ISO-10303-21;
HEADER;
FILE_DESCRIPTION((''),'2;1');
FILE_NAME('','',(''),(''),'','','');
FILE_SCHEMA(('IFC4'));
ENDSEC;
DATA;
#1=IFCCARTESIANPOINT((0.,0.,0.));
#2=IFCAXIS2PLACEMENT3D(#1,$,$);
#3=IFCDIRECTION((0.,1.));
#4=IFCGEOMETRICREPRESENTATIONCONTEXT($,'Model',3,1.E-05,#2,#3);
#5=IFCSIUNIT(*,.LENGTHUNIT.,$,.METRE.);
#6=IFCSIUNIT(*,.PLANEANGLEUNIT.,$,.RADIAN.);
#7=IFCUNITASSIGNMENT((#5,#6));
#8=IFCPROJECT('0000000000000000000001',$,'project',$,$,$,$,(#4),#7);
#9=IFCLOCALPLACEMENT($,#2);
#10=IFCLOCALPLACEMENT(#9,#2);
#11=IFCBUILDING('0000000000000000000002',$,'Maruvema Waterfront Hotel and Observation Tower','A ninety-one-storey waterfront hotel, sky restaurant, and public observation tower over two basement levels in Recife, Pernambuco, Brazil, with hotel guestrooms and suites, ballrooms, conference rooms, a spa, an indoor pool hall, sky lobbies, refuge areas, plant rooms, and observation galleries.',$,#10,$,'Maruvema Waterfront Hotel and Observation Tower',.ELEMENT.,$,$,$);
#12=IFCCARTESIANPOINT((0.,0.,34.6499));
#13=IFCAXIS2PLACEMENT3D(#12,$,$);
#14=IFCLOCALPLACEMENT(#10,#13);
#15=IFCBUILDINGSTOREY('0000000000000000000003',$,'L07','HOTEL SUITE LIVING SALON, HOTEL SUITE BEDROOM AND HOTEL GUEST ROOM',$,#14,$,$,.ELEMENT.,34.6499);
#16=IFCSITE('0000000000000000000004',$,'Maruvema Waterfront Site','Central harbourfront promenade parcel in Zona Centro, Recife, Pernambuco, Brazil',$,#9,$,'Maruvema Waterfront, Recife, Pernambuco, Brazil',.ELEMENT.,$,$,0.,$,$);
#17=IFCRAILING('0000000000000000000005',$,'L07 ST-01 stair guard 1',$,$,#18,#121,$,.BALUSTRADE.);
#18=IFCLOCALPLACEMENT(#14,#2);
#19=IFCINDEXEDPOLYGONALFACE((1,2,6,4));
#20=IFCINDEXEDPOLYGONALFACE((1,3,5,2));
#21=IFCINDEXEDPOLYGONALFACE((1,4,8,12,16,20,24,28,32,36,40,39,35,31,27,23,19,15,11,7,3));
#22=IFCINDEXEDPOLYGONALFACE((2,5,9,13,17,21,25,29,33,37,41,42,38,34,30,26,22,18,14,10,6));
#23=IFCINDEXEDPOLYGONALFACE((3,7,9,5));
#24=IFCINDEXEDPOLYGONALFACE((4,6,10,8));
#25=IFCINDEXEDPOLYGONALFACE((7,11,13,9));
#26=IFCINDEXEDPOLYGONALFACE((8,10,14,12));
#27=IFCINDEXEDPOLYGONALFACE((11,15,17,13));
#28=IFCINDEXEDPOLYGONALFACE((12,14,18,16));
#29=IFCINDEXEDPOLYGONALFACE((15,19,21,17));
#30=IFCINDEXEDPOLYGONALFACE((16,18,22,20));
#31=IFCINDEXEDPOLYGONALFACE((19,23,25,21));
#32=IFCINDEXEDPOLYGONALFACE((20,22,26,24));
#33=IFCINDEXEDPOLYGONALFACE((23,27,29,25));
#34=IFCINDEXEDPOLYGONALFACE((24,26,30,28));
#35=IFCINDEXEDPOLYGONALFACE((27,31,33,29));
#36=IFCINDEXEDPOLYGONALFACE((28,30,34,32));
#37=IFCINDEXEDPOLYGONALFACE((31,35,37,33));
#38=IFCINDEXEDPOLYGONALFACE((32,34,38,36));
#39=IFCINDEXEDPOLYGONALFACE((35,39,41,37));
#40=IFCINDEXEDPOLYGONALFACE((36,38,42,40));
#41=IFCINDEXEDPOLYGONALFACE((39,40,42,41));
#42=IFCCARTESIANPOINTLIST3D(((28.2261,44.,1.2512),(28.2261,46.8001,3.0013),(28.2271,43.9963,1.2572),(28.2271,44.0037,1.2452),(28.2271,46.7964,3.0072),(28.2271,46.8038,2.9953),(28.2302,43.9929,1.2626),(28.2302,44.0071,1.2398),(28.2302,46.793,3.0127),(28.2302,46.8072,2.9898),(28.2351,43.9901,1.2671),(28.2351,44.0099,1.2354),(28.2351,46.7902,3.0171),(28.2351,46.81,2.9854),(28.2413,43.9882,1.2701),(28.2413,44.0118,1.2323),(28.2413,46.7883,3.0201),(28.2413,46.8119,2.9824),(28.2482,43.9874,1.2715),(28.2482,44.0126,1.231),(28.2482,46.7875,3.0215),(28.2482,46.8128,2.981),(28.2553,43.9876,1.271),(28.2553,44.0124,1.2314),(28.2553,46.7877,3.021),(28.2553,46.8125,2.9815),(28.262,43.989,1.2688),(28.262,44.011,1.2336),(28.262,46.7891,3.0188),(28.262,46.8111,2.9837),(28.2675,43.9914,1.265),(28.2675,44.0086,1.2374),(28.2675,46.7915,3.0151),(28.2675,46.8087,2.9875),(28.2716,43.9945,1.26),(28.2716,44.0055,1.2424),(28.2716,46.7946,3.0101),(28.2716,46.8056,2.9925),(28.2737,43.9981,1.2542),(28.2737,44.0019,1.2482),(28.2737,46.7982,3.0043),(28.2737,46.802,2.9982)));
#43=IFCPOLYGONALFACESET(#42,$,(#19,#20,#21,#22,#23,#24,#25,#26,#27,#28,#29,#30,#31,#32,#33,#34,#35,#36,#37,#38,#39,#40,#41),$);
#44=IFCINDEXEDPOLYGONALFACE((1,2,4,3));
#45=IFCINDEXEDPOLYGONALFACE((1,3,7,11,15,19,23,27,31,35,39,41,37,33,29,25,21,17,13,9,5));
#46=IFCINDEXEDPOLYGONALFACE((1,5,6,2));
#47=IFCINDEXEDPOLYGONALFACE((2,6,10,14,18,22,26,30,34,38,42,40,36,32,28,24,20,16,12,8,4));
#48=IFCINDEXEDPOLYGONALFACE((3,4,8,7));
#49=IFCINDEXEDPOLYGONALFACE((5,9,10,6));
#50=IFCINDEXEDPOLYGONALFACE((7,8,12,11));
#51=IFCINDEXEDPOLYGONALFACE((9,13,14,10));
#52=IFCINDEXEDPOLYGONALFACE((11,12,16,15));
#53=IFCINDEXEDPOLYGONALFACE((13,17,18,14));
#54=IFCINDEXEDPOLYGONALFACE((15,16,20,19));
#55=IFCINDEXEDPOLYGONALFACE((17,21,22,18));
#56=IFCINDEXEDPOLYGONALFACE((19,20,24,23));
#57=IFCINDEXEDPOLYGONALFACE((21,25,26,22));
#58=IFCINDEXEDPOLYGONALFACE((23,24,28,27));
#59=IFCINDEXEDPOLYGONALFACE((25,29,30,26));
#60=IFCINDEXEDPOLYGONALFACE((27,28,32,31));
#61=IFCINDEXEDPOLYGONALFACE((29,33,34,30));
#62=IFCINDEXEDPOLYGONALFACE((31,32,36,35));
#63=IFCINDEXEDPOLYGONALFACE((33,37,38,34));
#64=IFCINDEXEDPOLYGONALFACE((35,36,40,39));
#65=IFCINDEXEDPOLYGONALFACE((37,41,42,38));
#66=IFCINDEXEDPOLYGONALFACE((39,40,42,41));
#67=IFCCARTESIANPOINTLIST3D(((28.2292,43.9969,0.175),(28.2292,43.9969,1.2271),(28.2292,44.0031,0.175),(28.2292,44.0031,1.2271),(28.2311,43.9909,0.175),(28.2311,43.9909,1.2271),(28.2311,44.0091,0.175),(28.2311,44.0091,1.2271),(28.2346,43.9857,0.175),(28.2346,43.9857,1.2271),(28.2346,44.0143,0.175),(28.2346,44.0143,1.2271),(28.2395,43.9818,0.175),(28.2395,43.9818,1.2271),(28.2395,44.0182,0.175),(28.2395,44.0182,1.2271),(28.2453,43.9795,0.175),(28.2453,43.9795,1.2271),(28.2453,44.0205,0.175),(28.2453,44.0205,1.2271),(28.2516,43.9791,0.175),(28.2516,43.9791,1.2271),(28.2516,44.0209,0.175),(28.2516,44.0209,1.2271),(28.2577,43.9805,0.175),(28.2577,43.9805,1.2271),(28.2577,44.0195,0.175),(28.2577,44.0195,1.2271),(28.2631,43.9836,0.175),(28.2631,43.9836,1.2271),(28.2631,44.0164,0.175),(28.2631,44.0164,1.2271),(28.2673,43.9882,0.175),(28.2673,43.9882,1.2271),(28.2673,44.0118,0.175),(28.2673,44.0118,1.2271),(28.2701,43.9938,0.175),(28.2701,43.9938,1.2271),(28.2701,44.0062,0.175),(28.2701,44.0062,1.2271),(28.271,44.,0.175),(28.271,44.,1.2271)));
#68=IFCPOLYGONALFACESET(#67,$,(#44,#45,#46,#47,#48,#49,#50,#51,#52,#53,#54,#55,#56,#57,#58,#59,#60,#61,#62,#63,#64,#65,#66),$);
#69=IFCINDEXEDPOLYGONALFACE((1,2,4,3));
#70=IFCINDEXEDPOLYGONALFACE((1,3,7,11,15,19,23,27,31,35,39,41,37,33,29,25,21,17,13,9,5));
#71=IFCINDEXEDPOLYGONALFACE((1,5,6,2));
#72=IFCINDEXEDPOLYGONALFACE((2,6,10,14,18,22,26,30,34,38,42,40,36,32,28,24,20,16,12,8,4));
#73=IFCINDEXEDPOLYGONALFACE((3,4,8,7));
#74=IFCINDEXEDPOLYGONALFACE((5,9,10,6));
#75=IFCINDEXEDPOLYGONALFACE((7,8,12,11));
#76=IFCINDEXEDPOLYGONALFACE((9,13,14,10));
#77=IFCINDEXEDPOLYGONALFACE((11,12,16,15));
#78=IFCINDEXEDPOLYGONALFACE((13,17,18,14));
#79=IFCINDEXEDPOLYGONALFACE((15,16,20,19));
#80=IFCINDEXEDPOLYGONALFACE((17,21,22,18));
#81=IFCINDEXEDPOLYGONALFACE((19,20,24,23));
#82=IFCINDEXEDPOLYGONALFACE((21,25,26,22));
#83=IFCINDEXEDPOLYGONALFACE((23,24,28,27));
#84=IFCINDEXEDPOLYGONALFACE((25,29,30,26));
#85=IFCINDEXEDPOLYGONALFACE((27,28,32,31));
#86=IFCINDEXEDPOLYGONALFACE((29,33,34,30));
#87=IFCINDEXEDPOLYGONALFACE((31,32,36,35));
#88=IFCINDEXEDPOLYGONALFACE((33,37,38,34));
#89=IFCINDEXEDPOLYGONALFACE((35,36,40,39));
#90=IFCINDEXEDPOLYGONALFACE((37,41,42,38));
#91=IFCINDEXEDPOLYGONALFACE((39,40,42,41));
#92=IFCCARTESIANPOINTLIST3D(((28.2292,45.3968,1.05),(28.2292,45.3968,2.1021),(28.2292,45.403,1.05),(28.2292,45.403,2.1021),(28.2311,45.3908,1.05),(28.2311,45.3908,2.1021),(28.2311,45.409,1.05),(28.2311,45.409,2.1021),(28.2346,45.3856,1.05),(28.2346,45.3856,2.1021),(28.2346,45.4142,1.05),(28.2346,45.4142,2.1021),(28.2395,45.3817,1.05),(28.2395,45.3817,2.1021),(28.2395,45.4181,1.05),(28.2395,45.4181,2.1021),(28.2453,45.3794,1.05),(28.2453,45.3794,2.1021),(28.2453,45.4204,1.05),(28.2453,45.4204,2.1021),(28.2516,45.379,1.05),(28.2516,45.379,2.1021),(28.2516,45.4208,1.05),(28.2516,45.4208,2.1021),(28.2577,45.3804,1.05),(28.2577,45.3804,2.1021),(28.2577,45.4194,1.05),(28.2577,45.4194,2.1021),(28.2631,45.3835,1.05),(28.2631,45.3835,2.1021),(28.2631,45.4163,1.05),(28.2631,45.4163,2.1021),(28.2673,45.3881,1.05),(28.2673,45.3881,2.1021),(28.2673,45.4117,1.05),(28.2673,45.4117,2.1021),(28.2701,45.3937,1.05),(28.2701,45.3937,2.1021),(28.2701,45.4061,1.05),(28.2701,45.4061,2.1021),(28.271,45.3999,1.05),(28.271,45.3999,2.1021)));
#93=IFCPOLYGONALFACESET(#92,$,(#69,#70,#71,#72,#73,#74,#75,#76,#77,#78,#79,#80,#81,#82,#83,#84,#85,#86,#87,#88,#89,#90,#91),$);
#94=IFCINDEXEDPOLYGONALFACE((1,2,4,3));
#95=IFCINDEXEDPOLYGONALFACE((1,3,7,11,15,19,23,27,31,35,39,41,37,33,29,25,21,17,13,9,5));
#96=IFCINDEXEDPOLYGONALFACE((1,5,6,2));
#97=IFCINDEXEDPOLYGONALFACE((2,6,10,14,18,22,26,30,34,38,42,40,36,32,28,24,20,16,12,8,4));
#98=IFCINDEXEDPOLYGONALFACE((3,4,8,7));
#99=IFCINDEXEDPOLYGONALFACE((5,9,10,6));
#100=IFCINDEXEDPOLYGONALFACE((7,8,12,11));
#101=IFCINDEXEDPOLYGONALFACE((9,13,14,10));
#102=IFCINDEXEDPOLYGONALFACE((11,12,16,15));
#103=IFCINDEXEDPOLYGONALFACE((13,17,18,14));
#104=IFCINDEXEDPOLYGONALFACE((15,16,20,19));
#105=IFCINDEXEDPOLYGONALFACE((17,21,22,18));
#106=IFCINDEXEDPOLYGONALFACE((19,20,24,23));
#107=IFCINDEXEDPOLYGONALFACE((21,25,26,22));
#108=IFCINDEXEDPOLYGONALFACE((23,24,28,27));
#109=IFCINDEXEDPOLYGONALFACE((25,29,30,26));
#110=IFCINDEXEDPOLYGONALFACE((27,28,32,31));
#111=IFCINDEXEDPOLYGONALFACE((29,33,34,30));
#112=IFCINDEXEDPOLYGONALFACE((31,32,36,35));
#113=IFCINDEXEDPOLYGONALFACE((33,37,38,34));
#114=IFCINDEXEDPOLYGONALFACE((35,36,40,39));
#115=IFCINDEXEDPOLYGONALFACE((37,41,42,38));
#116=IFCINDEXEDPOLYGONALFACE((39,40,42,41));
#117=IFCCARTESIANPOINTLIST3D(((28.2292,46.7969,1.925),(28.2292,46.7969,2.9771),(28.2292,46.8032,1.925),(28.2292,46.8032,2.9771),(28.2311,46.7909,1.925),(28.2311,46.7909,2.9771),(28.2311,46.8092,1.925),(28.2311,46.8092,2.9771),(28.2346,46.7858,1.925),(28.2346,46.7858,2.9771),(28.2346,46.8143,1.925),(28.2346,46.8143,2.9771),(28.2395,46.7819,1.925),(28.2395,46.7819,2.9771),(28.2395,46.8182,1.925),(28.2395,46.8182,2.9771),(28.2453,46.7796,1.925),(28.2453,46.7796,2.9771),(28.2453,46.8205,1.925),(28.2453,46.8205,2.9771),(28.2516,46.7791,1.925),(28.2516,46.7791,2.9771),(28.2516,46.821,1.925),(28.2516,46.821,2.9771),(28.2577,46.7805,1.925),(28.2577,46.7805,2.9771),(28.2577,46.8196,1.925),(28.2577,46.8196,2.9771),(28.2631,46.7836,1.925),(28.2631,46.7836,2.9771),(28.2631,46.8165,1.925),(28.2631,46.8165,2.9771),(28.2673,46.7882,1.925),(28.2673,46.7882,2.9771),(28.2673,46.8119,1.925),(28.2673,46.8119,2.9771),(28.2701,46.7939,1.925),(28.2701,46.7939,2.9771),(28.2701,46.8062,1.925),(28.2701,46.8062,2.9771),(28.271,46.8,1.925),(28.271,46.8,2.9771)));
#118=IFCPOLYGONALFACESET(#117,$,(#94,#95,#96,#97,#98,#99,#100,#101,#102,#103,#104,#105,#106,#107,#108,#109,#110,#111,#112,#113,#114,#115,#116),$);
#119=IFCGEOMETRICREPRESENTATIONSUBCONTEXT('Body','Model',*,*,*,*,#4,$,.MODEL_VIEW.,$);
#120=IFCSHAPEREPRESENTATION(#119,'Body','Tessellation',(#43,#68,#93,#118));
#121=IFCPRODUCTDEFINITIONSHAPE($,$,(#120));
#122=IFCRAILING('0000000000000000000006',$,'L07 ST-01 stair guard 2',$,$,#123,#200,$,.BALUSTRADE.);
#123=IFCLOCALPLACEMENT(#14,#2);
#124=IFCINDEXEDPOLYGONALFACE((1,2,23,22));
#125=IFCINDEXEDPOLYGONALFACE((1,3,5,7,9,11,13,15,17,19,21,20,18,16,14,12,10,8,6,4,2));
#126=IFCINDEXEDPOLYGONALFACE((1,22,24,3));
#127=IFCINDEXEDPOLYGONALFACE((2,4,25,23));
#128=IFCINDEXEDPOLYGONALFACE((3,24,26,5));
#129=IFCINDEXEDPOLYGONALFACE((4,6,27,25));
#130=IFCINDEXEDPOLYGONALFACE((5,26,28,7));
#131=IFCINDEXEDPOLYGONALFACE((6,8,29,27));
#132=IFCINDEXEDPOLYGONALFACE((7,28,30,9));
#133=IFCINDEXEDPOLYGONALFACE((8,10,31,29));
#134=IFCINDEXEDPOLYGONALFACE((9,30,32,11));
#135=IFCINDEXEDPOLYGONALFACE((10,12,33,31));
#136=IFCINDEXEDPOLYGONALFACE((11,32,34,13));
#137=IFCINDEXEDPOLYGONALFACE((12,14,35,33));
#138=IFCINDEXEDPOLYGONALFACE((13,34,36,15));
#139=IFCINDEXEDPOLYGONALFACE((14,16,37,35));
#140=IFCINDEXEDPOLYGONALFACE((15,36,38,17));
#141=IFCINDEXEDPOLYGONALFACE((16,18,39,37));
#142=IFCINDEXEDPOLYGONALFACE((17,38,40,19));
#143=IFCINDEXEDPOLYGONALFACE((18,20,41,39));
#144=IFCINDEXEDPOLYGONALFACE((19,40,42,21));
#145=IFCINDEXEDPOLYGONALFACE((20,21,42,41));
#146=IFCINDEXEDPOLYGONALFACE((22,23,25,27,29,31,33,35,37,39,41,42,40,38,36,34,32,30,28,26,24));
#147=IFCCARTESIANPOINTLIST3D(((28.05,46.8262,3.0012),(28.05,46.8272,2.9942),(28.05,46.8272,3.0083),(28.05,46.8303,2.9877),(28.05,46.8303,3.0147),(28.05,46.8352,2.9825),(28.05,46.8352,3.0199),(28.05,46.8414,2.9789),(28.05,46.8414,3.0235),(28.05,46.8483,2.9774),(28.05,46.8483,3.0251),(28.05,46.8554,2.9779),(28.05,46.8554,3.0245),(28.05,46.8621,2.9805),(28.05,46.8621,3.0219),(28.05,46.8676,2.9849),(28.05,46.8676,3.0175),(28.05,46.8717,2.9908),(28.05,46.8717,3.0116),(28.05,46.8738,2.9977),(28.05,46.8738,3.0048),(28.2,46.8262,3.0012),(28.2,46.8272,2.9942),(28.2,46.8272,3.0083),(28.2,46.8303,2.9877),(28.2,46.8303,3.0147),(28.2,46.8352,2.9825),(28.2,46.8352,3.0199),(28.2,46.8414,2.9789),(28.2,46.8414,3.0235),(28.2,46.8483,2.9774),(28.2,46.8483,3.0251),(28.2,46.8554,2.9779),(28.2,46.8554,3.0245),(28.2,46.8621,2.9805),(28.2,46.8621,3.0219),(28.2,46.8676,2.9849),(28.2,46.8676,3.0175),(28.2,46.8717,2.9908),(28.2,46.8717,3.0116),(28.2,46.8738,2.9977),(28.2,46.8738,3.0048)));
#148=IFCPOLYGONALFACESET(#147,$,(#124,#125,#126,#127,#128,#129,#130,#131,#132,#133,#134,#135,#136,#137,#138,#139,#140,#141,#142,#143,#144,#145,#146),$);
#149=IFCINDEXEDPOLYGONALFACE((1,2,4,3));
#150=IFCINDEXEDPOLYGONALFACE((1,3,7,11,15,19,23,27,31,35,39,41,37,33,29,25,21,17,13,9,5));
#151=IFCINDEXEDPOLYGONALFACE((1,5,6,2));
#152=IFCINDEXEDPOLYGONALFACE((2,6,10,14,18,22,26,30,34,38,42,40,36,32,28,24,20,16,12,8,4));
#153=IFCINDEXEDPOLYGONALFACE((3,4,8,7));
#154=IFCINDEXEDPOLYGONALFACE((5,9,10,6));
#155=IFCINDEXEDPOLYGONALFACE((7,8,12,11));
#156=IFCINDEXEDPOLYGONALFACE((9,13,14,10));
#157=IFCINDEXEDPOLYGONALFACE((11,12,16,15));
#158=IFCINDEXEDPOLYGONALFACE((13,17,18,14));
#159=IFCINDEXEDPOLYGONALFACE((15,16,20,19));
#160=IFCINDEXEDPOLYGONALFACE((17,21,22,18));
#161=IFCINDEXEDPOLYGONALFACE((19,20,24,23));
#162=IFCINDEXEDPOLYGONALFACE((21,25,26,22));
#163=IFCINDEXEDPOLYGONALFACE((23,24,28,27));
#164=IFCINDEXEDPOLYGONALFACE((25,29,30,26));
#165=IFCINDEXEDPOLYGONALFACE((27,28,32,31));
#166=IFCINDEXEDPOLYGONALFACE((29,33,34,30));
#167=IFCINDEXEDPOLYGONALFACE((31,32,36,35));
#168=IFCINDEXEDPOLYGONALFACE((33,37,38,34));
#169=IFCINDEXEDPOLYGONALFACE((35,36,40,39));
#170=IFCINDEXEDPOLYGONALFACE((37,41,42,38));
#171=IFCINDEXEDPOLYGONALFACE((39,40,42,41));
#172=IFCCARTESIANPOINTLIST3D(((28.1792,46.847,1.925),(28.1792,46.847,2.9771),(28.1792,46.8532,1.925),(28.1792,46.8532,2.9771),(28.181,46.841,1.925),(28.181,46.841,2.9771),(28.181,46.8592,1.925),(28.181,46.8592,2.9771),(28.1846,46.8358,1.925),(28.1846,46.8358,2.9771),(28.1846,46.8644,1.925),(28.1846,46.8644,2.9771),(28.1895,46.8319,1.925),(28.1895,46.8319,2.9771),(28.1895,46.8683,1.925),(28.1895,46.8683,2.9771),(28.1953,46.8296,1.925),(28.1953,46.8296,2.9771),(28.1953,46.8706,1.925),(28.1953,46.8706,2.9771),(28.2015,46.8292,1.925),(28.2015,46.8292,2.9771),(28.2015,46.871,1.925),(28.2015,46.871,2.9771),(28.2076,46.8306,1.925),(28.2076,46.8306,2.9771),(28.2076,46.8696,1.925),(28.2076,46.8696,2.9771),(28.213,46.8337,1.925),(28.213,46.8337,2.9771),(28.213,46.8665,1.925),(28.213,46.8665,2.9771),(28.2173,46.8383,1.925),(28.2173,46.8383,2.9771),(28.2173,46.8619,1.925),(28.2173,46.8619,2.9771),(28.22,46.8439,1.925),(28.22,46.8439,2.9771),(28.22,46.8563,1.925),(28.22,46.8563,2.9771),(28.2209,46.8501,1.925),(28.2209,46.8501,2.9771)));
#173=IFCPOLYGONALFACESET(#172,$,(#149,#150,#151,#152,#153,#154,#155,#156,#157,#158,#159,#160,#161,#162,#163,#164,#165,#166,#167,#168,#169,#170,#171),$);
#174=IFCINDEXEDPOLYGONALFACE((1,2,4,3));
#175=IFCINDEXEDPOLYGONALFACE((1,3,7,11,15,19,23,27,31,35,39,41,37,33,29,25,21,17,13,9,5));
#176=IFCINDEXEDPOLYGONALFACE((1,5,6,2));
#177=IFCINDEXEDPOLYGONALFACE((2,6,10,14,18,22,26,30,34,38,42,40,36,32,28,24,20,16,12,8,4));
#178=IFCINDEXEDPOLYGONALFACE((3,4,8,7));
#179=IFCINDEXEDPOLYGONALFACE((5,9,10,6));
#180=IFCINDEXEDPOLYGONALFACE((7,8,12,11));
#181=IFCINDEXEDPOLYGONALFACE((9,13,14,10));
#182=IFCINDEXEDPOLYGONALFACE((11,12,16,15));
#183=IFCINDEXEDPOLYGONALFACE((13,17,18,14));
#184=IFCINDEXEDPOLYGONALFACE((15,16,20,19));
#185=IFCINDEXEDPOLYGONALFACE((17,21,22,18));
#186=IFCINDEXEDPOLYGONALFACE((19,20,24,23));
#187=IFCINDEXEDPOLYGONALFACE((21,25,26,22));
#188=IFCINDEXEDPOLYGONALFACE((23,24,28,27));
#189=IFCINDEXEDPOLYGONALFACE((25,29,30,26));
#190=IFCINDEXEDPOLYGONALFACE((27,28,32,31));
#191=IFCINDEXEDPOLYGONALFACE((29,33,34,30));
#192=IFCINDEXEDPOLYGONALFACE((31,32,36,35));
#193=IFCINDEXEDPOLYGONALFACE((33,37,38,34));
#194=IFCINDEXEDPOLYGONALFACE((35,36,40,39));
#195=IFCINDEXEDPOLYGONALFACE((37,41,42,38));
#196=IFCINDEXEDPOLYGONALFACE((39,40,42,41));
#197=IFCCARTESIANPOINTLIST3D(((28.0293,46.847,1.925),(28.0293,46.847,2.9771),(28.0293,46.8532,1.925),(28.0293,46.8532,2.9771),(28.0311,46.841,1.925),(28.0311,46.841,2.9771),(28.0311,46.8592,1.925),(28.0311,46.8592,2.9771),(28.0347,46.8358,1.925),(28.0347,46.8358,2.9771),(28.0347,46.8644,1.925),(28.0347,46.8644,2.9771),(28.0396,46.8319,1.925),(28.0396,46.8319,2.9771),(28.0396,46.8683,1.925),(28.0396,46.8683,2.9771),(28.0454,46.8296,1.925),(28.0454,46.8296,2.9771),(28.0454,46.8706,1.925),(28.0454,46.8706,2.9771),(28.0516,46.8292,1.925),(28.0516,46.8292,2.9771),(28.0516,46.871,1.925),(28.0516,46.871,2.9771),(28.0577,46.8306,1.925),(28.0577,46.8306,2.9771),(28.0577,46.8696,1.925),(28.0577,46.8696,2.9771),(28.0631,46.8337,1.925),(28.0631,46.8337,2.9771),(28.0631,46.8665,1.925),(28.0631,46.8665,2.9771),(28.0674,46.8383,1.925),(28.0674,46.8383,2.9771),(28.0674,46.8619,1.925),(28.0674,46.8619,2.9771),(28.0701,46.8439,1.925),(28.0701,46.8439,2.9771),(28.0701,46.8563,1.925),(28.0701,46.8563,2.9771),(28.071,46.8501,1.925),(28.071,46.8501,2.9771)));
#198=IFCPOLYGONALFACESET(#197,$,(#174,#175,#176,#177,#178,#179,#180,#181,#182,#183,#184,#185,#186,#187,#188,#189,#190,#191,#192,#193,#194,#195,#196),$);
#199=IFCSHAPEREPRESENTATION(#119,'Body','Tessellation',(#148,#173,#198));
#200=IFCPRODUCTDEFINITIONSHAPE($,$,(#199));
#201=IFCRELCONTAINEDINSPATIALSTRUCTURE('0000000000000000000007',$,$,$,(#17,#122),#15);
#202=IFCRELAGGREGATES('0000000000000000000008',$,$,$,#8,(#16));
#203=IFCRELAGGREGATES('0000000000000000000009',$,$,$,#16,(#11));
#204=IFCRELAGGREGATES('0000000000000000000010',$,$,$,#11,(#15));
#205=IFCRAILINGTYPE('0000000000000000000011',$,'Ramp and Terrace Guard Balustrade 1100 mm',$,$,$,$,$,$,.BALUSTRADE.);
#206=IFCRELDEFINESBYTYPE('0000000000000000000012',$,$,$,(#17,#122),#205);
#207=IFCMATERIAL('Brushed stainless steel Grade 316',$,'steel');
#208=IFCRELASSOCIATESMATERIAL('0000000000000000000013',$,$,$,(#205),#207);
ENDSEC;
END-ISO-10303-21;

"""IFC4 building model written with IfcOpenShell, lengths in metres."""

from ifc_helpers import new_model, si_unit, direction, frame, origin, origin_2d, place, context, subcontext, project, spatial, circle, extrude, material, type_object, element, save


model = new_model("IFC4")

# Units and contexts
model_context = context("Model", 3, precision=1e-05, world=origin(), true_north=direction((0.0, 1.0)))
body_context = subcontext(model_context, "Body", "Model", "MODEL_VIEW")
ifc_project = project(units=[si_unit("LENGTHUNIT", "METRE"), si_unit("PLANEANGLEUNIT", "RADIAN")], contexts=[model_context])

# Site, building, storey
site_placement = place(None, origin())
site = spatial("IfcSite", under=ifc_project, at=site_placement, Name="Maruvema Waterfront Site", Description="Central harbourfront promenade parcel in Zona Centro, Recife, Pernambuco, Brazil", LongName="Maruvema Waterfront, Recife, Pernambuco, Brazil", CompositionType="ELEMENT", RefElevation=0.0)
building_placement = place(site_placement, origin())
building = spatial("IfcBuilding", under=site, at=building_placement, Name="Maruvema Waterfront Hotel and Observation Tower", Description="A ninety-one-storey waterfront hotel, sky restaurant, and public observation tower over two basement levels in Recife, Pernambuco, Brazil, with hotel guestrooms and suites, ballrooms, conference rooms, a spa, an indoor pool hall, sky lobbies, refuge areas, plant rooms, and observation galleries.", LongName="Maruvema Waterfront Hotel and Observation Tower", CompositionType="ELEMENT")
storey_placement = place(building_placement, frame((0.0, 0.0, 34.6499)))
storey = spatial("IfcBuildingStorey", under=building, at=storey_placement, Name="L07", Description="HOTEL SUITE LIVING SALON, HOTEL SUITE BEDROOM AND HOTEL GUEST ROOM", CompositionType="ELEMENT", Elevation=34.6499)

# Railings
ifc_material_1 = material(Name="Brushed stainless steel Grade 316", Category="steel")
railing_type_1 = type_object("IfcRailingType", Name="Ramp and Terrace Guard Balustrade 1100 mm", PredefinedType="BALUSTRADE", material=ifc_material_1)
railing_1_placement = place(storey_placement, frame((28.25, 44.0, 0.175)))
element("IfcRailing", 1, at=railing_1_placement, inside=storey, type_object=railing_type_1, Name="L07 ST-01 stair guard 1", PredefinedType="BALUSTRADE", context=body_context, shape_type="SweptSolid", body=[
    extrude(circle(Radius=0.0239, at=origin_2d()), frame((0.0, 0.0, 1.0762), z_axis=(0.0, 0.848002, 0.529992), x_axis=(-1.0, 0.0, 0.0)), (0.0, 0.0, 1.0), 3.302),
    extrude(circle(Radius=0.021, at=origin_2d()), origin(), (0.0, 0.0, 1.0), 1.052),
    extrude(circle(Radius=0.021, at=origin_2d()), frame((0.0, 1.3999, 0.875)), (0.0, 0.0, 1.0), 1.052),
    extrude(circle(Radius=0.021, at=origin_2d()), frame((0.0, 2.8, 1.75)), (0.0, 0.0, 1.0), 1.052),
])
railing_2_placement = place(storey_placement, frame((28.2, 46.8501, 1.925)))
element("IfcRailing", 2, at=railing_2_placement, inside=storey, type_object=railing_type_1, Name="L07 ST-01 stair guard 2", PredefinedType="BALUSTRADE", context=body_context, shape_type="SweptSolid", body=[
    extrude(circle(Radius=0.0239, at=origin_2d()), frame((0.0, 0.0, 1.0762), z_axis=(-1.0, 0.0, 0.0), x_axis=(0.0, -1.0, 0.0)), (0.0, 0.0, 1.0), 0.1499),
    extrude(circle(Radius=0.021, at=origin_2d()), origin(), (0.0, 0.0, 1.0), 1.052),
    extrude(circle(Radius=0.021, at=origin_2d()), frame((-0.1499, 0.0, 0.0)), (0.0, 0.0, 1.0), 1.052),
])

save(model, "model.ifc")
